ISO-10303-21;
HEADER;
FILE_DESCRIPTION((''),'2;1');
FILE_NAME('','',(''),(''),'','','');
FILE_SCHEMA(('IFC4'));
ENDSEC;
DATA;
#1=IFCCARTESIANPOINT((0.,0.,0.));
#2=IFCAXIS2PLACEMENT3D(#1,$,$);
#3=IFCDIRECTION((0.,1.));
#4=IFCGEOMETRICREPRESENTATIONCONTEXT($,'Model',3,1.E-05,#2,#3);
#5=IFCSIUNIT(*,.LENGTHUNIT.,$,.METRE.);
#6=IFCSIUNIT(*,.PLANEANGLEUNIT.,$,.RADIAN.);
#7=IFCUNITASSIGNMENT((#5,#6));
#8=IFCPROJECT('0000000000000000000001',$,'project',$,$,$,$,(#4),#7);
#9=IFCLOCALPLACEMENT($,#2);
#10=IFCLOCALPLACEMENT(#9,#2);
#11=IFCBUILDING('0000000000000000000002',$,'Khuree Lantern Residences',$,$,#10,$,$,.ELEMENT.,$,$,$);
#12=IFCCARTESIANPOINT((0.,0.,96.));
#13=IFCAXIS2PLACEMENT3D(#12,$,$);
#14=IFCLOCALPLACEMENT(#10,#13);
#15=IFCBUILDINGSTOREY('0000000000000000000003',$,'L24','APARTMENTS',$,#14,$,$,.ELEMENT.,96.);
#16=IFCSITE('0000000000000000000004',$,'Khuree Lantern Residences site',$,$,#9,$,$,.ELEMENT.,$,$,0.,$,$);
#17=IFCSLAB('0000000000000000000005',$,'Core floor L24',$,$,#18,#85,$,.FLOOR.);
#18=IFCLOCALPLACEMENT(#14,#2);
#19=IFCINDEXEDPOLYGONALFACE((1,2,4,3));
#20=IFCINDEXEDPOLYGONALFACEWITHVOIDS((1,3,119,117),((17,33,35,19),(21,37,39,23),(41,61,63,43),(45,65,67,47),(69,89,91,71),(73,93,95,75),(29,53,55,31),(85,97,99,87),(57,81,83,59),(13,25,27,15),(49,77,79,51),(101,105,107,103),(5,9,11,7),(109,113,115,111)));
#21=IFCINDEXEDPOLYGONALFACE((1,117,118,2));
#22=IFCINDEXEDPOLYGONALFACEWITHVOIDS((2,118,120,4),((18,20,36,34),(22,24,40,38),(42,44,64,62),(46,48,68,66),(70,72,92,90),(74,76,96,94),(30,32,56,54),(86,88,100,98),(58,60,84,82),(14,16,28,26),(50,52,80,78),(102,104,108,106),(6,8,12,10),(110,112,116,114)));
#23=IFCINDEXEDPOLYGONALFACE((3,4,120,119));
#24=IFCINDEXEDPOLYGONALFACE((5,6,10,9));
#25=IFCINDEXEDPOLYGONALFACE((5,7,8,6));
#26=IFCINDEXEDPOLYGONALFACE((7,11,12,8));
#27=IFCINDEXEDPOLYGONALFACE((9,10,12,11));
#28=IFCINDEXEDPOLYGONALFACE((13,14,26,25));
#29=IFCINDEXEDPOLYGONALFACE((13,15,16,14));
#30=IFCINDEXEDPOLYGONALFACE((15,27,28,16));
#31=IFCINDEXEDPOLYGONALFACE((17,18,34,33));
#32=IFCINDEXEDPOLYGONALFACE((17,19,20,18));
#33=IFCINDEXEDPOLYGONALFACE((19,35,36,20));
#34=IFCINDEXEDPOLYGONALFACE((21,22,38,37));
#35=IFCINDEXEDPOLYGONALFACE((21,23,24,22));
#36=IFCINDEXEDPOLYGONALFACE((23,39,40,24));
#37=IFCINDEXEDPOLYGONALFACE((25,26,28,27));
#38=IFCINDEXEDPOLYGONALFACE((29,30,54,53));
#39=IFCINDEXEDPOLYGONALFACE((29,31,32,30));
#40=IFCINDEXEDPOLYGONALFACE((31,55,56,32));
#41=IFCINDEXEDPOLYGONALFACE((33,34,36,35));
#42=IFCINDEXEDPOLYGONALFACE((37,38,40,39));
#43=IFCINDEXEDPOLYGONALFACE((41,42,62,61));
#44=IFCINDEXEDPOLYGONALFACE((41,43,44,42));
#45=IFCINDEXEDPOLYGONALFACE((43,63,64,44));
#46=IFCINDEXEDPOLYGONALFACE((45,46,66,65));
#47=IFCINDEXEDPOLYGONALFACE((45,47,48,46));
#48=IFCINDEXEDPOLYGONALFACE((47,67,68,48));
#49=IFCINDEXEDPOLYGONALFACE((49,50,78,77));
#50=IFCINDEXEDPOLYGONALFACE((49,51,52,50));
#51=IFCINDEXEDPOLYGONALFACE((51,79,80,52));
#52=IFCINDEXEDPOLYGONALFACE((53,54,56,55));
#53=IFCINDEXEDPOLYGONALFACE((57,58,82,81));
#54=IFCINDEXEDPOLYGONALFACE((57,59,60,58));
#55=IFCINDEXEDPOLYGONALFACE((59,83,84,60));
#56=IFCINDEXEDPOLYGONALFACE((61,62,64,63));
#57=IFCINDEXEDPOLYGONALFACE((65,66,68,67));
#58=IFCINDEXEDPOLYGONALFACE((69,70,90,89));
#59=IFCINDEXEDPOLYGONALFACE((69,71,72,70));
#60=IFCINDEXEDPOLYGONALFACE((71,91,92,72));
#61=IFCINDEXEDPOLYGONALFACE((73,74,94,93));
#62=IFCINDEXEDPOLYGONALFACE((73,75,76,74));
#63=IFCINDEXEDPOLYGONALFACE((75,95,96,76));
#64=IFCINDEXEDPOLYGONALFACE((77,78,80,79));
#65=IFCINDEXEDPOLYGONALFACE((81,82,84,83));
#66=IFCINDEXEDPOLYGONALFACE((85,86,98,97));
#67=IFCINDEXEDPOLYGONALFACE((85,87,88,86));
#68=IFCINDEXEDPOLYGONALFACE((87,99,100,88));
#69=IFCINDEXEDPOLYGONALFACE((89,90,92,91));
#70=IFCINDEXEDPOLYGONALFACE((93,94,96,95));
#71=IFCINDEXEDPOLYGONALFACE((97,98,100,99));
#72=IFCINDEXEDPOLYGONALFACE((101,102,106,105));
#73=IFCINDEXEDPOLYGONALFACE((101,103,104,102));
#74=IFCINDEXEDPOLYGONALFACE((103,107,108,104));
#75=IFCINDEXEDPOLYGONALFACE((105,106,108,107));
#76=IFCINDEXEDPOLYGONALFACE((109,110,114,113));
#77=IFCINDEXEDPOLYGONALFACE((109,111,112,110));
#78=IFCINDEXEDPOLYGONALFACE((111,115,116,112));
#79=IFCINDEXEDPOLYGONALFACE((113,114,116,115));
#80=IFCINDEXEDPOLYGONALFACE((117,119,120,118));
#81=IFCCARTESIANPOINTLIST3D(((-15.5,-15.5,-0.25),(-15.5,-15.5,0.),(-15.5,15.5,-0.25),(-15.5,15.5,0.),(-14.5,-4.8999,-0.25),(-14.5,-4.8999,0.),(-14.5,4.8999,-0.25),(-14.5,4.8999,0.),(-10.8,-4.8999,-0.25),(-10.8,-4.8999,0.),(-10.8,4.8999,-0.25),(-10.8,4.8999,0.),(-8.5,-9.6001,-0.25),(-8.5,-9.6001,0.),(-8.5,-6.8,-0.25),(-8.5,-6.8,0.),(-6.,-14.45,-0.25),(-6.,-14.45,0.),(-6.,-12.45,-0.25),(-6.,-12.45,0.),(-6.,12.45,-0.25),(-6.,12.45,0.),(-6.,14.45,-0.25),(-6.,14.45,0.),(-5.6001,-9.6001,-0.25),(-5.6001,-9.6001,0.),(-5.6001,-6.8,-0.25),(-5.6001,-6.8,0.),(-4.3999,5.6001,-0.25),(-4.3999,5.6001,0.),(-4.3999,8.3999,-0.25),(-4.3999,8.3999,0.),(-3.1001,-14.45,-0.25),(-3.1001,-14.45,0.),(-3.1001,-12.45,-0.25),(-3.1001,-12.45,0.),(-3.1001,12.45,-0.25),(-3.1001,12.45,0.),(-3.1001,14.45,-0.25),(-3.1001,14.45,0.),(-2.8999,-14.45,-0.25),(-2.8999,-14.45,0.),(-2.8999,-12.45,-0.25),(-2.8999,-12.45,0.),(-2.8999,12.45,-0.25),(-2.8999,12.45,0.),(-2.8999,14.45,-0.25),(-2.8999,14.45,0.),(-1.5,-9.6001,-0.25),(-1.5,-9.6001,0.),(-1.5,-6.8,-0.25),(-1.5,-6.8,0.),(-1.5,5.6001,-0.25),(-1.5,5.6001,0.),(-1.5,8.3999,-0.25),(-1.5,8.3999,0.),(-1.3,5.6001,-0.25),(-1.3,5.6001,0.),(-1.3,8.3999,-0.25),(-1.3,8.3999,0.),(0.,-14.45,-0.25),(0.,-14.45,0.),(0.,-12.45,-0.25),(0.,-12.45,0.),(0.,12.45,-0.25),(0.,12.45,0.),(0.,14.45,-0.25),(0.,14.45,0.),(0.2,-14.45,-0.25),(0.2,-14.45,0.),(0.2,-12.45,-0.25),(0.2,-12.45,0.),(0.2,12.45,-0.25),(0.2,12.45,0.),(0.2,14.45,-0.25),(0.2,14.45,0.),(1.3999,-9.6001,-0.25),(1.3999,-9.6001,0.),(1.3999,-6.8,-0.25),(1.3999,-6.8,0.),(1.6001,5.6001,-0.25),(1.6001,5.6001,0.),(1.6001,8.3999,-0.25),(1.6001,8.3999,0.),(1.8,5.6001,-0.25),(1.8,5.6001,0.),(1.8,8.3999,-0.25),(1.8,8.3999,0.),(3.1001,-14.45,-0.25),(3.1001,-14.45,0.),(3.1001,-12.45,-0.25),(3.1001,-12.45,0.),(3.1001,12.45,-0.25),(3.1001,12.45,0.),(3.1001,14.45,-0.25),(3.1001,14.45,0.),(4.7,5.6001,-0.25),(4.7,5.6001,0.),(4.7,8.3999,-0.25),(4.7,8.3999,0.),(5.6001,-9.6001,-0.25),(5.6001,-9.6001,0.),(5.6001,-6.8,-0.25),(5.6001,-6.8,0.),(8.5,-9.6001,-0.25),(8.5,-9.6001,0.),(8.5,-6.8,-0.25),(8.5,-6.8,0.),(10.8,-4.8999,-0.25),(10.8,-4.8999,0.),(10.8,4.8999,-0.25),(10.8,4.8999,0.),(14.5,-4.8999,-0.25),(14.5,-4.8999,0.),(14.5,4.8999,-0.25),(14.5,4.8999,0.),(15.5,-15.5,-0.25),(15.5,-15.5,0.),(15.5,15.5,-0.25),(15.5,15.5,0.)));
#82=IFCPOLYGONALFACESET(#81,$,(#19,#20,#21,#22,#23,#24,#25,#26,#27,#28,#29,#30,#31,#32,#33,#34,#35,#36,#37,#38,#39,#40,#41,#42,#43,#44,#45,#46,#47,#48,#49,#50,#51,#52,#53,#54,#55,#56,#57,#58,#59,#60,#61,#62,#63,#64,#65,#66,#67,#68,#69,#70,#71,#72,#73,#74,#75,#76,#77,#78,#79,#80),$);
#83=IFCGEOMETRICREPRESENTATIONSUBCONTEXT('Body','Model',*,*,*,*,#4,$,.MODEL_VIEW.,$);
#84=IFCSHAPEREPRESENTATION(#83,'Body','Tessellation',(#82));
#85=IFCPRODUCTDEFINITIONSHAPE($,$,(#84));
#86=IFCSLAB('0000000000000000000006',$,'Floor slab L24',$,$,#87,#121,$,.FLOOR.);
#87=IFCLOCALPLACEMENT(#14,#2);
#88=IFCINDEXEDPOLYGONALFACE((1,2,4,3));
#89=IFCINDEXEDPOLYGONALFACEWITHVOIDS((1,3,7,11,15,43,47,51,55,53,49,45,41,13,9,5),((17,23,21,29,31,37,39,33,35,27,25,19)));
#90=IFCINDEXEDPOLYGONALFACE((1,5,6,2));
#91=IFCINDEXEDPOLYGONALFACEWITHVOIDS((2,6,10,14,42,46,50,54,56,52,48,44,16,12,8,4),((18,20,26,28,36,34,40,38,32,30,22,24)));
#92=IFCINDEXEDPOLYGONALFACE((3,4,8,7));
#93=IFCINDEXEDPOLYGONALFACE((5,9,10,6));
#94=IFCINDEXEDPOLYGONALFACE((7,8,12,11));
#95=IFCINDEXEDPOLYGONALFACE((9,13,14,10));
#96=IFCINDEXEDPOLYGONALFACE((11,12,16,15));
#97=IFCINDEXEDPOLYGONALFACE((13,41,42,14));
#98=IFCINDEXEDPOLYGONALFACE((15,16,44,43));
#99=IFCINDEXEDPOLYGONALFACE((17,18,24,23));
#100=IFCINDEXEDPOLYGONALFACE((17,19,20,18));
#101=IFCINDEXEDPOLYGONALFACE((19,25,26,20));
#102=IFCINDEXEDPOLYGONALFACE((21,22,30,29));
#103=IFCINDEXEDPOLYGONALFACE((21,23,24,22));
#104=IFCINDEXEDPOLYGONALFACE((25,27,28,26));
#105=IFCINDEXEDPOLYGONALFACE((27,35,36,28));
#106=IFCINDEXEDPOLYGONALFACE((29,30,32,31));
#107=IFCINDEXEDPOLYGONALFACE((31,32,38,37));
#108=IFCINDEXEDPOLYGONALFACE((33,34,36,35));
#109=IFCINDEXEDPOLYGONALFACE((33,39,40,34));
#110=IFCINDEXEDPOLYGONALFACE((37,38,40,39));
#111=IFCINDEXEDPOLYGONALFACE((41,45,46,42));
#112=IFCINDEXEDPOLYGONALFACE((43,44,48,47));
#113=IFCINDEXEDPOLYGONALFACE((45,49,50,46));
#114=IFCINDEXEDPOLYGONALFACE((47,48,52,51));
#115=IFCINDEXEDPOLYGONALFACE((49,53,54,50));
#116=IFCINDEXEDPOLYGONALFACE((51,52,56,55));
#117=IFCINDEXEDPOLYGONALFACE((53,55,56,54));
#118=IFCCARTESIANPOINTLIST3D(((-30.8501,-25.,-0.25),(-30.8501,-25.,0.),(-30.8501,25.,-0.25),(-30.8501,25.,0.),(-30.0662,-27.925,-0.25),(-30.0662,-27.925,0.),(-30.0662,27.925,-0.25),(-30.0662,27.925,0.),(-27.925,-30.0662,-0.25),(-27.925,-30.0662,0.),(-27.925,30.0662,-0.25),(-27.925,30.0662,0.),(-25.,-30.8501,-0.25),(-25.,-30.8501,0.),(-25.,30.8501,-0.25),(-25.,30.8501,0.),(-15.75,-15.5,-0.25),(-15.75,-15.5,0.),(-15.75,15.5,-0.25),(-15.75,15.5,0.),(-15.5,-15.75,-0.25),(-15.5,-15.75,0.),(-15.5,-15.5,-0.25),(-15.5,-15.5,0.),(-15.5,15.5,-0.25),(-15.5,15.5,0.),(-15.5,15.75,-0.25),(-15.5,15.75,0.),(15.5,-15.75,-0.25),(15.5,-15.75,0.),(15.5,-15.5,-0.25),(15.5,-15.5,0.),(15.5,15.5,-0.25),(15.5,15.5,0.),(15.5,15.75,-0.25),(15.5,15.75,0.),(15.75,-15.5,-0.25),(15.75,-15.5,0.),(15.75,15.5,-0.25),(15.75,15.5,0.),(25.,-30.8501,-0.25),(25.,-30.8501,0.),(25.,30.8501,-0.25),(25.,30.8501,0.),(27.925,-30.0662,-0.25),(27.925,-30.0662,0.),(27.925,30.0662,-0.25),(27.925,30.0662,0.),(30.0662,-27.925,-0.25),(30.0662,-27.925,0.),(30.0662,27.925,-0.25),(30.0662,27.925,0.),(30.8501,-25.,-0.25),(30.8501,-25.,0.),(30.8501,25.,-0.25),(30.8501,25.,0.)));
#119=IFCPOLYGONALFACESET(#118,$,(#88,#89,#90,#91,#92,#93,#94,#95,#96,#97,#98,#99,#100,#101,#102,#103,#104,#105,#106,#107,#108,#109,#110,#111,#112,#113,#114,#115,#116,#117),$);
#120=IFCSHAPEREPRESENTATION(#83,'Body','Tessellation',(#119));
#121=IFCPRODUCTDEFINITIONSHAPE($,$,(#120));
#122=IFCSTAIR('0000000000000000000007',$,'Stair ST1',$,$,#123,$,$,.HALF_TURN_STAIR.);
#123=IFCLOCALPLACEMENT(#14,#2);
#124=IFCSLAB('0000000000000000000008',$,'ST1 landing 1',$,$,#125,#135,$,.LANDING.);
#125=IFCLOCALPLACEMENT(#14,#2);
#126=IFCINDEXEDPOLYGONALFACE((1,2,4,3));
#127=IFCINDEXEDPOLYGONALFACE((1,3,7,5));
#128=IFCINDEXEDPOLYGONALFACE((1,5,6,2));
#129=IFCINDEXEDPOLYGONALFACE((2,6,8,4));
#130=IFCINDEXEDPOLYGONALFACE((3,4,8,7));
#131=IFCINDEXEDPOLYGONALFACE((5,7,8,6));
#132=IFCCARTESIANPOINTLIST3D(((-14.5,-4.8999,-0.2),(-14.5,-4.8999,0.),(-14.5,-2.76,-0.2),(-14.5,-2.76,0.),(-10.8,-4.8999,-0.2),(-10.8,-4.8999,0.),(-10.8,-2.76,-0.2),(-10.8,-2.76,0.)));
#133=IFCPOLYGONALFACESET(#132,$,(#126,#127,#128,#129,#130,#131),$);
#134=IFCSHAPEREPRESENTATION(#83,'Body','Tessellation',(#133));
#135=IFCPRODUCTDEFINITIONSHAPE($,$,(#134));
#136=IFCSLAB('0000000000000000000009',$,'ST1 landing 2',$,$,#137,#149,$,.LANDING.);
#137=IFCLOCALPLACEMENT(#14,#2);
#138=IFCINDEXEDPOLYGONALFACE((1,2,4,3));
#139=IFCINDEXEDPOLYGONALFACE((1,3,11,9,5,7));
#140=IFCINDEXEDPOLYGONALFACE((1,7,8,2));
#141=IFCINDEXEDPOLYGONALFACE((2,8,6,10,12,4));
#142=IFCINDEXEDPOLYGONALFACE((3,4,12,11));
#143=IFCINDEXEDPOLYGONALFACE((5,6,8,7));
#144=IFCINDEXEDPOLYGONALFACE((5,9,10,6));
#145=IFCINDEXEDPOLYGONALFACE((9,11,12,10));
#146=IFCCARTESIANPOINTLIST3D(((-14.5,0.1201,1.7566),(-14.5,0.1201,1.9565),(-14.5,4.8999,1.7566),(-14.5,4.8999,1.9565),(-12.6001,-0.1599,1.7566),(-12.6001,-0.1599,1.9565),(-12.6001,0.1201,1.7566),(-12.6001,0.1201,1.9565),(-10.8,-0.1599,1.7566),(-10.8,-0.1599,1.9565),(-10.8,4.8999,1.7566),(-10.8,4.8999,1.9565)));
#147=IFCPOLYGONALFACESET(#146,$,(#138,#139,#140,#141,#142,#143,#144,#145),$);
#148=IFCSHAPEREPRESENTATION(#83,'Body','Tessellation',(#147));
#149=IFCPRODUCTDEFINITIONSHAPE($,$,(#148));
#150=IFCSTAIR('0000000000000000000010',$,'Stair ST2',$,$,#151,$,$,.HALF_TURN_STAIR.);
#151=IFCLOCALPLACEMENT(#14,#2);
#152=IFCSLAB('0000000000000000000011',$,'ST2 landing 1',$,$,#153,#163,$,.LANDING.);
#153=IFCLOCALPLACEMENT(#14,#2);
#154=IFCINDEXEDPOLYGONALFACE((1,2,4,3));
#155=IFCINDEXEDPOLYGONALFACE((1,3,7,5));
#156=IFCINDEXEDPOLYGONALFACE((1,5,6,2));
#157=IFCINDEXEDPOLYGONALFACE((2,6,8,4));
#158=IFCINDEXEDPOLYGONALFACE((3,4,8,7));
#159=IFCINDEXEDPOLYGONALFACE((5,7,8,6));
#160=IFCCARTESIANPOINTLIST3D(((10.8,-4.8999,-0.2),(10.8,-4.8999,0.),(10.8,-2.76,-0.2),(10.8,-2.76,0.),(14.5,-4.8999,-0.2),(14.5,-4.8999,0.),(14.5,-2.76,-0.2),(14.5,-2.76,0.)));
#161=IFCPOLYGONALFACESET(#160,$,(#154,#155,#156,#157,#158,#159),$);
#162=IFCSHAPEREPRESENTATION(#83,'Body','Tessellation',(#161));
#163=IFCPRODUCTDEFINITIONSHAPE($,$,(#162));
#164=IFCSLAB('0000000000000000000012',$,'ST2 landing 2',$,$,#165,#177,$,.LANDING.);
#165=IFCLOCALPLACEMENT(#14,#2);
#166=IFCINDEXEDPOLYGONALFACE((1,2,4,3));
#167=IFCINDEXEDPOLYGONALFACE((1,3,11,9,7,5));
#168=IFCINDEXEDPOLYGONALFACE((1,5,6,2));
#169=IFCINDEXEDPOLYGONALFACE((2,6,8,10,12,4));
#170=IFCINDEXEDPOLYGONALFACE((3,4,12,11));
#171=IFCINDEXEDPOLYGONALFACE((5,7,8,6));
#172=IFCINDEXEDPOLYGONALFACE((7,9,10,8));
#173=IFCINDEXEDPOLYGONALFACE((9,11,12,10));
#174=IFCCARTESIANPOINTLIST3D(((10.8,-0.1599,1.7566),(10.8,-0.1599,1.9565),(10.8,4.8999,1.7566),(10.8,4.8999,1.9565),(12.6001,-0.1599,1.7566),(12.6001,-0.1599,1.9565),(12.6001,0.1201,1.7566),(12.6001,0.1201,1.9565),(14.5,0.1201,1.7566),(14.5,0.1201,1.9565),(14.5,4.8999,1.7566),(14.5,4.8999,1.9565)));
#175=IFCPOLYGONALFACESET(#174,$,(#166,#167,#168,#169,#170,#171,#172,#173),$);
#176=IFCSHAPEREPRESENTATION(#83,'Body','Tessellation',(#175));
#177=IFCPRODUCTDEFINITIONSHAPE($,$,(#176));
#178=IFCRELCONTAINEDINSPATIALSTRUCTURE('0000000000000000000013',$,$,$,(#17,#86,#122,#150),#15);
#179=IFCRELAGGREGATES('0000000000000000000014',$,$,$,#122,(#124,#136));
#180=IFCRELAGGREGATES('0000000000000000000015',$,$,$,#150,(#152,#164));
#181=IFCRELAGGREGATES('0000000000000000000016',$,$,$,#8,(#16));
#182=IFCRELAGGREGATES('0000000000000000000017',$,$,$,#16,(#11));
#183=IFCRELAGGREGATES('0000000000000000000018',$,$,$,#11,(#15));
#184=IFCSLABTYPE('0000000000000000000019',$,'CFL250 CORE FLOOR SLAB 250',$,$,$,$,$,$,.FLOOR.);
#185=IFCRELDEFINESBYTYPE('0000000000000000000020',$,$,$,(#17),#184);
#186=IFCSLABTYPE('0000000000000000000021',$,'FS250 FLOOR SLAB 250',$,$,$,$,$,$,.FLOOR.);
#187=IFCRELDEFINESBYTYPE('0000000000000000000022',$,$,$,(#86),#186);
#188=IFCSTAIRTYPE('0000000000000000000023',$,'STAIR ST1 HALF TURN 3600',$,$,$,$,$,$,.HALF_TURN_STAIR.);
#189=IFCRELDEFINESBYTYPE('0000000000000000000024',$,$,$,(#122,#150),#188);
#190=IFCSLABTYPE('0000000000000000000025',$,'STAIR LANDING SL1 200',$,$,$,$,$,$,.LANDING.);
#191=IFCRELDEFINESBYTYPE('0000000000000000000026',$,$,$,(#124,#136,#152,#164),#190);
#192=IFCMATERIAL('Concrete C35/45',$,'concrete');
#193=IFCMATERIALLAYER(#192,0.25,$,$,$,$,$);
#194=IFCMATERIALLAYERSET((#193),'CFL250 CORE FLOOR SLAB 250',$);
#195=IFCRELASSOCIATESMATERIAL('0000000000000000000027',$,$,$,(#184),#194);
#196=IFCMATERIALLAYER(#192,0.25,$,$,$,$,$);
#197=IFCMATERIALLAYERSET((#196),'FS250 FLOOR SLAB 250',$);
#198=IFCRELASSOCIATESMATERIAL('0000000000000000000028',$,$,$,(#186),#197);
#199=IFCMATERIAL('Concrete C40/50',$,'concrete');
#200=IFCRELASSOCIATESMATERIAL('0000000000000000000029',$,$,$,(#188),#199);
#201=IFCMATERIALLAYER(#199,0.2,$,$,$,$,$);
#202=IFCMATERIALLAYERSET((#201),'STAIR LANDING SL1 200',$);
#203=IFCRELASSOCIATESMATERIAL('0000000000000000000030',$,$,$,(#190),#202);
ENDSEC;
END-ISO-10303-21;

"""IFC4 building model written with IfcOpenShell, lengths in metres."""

from ifc_helpers import new_model, si_unit, direction, frame, origin, place, context, subcontext, project, spatial, polyline, outline, extrude, material, layer, layer_set, type_object, element, aggregate, save


model = new_model("IFC4")

# Units and contexts
model_context = context("Model", 3, precision=1e-05, world=origin(), true_north=direction((0.0, 1.0)))
body_context = subcontext(model_context, "Body", "Model", "MODEL_VIEW")
ifc_project = project(units=[si_unit("LENGTHUNIT", "METRE"), si_unit("PLANEANGLEUNIT", "RADIAN")], contexts=[model_context])

# Site, building, storey
site_placement = place(None, origin())
site = spatial("IfcSite", under=ifc_project, at=site_placement, Name="Khuree Lantern Residences site", CompositionType="ELEMENT", RefElevation=0.0)
building_placement = place(site_placement, origin())
building = spatial("IfcBuilding", under=site, at=building_placement, Name="Khuree Lantern Residences", CompositionType="ELEMENT")
storey_placement = place(building_placement, frame((0.0, 0.0, 96.0)))
storey = spatial("IfcBuildingStorey", under=building, at=storey_placement, Name="L24", Description="APARTMENTS", CompositionType="ELEMENT", Elevation=96.0)

# Slabs
ifc_material_1 = material(Name="Concrete C35/45", Category="concrete")
ifc_layer_1 = layer(ifc_material_1, 0.25)
ifc_layer_set_1 = layer_set([ifc_layer_1], Name="CFL250 CORE FLOOR SLAB 250")
slab_type_1 = type_object("IfcSlabType", Name="CFL250 CORE FLOOR SLAB 250", PredefinedType="FLOOR", material=ifc_layer_set_1)
slab_1_placement = place(storey_placement, frame((0.0, 0.0, -0.25)))
element("IfcSlab", 1, at=slab_1_placement, inside=storey, type_object=slab_type_1, Name="Core floor L24", PredefinedType="FLOOR", context=body_context, shape_type="SweptSolid", body=[
    extrude(outline(polyline([(-15.5, -15.5), (-15.5, 15.5), (15.5, 15.5), (15.5, -15.5), (-15.5, -15.5)]), holes=[polyline([(14.5, 4.8999), (10.8, 4.8999), (10.8, -4.8999), (14.5, -4.8999), (14.5, 4.8999)]), polyline([(8.5, -6.8), (5.6001, -6.8), (5.6001, -9.6001), (8.5, -9.6001), (8.5, -6.8)]), polyline([(4.7, 8.3999), (1.8, 8.3999), (1.8, 5.6001), (4.7, 5.6001), (4.7, 8.3999)]), polyline([(0.2, -12.45), (0.2, -14.45), (3.1001, -14.45), (3.1001, -12.45), (0.2, -12.45)]), polyline([(3.1001, 14.45), (0.2, 14.45), (0.2, 12.45), (3.1001, 12.45), (3.1001, 14.45)]), polyline([(1.6001, 8.3999), (-1.3, 8.3999), (-1.3, 5.6001), (1.6001, 5.6001), (1.6001, 8.3999)]), polyline([(1.3999, -6.8), (-1.5, -6.8), (-1.5, -9.6001), (1.3999, -9.6001), (1.3999, -6.8)]), polyline([(0.0, -12.45), (-2.8999, -12.45), (-2.8999, -14.45), (0.0, -14.45), (0.0, -12.45)]), polyline([(0.0, 14.45), (-2.8999, 14.45), (-2.8999, 12.45), (0.0, 12.45), (0.0, 14.45)]), polyline([(-1.5, 8.3999), (-4.3999, 8.3999), (-4.3999, 5.6001), (-1.5, 5.6001), (-1.5, 8.3999)]), polyline([(-6.0, -12.45), (-6.0, -14.45), (-3.1001, -14.45), (-3.1001, -12.45), (-6.0, -12.45)]), polyline([(-3.1001, 14.45), (-6.0, 14.45), (-6.0, 12.45), (-3.1001, 12.45), (-3.1001, 14.45)]), polyline([(-5.6001, -6.8), (-8.5, -6.8), (-8.5, -9.6001), (-5.6001, -9.6001), (-5.6001, -6.8)]), polyline([(-10.8, 4.8999), (-14.5, 4.8999), (-14.5, -4.8999), (-10.8, -4.8999), (-10.8, 4.8999)])]), origin(), (0.0, 0.0, 1.0), 0.25),
])
ifc_layer_2 = layer(ifc_material_1, 0.25)
ifc_layer_set_2 = layer_set([ifc_layer_2], Name="FS250 FLOOR SLAB 250")
slab_type_2 = type_object("IfcSlabType", Name="FS250 FLOOR SLAB 250", PredefinedType="FLOOR", material=ifc_layer_set_2)
slab_2_placement = place(storey_placement, frame((0.0, 0.0, -0.25)))
element("IfcSlab", 2, at=slab_2_placement, inside=storey, type_object=slab_type_2, Name="Floor slab L24", PredefinedType="FLOOR", context=body_context, shape_type="SweptSolid", body=[
    extrude(outline(polyline([(-27.925, -30.0662), (-30.0662, -27.925), (-30.8501, -25.0), (-30.8501, 25.0), (-30.0662, 27.925), (-27.925, 30.0662), (-25.0, 30.8501), (25.0, 30.8501), (27.925, 30.0662), (30.0662, 27.925), (30.8501, 25.0), (30.8501, -25.0), (30.0662, -27.925), (27.925, -30.0662), (25.0, -30.8501), (-25.0, -30.8501), (-27.925, -30.0662)]), holes=[polyline([(15.75, 15.5), (15.5, 15.5), (15.5, 15.75), (-15.5, 15.75), (-15.5, 15.5), (-15.75, 15.5), (-15.75, -15.5), (-15.5, -15.5), (-15.5, -15.75), (15.5, -15.75), (15.5, -15.5), (15.75, -15.5), (15.75, 15.5)])]), origin(), (0.0, 0.0, 1.0), 0.25),
])

# Stairs, slabs
ifc_material_2 = material(Name="Concrete C40/50", Category="concrete")
stair_type = type_object("IfcStairType", Name="STAIR ST1 HALF TURN 3600", PredefinedType="HALF_TURN_STAIR", material=ifc_material_2)
stair_1_placement = place(storey_placement, origin())
stair_1 = element("IfcStair", 3, at=stair_1_placement, inside=storey, type_object=stair_type, Name="Stair ST1", PredefinedType="HALF_TURN_STAIR")
ifc_layer_3 = layer(ifc_material_2, 0.2)
ifc_layer_set_3 = layer_set([ifc_layer_3], Name="STAIR LANDING SL1 200")
slab_type_3 = type_object("IfcSlabType", Name="STAIR LANDING SL1 200", PredefinedType="LANDING", material=ifc_layer_set_3)
slab_3_placement = place(storey_placement, frame((0.0, 0.0, -0.2)))
slab_3 = element("IfcSlab", 4, at=slab_3_placement, type_object=slab_type_3, Name="ST1 landing 1", PredefinedType="LANDING", context=body_context, shape_type="SweptSolid", body=[
    extrude(outline(polyline([(-14.5, -4.8999), (-10.8, -4.8999), (-10.8, -2.76), (-14.5, -2.76), (-14.5, -4.8999)])), origin(), (0.0, 0.0, 1.0), 0.2),
])
slab_4_placement = place(storey_placement, frame((0.0, 0.0, 1.7566)))
slab_4 = element("IfcSlab", 5, at=slab_4_placement, type_object=slab_type_3, Name="ST1 landing 2", PredefinedType="LANDING", context=body_context, shape_type="SweptSolid", body=[
    extrude(outline(polyline([(-14.5, 0.1201), (-14.5, 4.8999), (-10.8, 4.8999), (-10.8, -0.1599), (-12.6001, -0.1599), (-12.6001, 0.1201), (-14.5, 0.1201)])), origin(), (0.0, 0.0, 1.0), 0.2),
])
aggregate(stair_1, [slab_3, slab_4])
stair_2_placement = place(storey_placement, origin())
stair_2 = element("IfcStair", 6, at=stair_2_placement, inside=storey, type_object=stair_type, Name="Stair ST2", PredefinedType="HALF_TURN_STAIR")
slab_5_placement = place(storey_placement, frame((0.0, 0.0, -0.2)))
slab_5 = element("IfcSlab", 7, at=slab_5_placement, type_object=slab_type_3, Name="ST2 landing 1", PredefinedType="LANDING", context=body_context, shape_type="SweptSolid", body=[
    extrude(outline(polyline([(10.8, -4.8999), (14.5, -4.8999), (14.5, -2.76), (10.8, -2.76), (10.8, -4.8999)])), origin(), (0.0, 0.0, 1.0), 0.2),
])
slab_6_placement = place(storey_placement, frame((0.0, 0.0, 1.7566)))
slab_6 = element("IfcSlab", 8, at=slab_6_placement, type_object=slab_type_3, Name="ST2 landing 2", PredefinedType="LANDING", context=body_context, shape_type="SweptSolid", body=[
    extrude(outline(polyline([(14.5, 4.8999), (14.5, 0.1201), (12.6001, 0.1201), (12.6001, -0.1599), (10.8, -0.1599), (10.8, 4.8999), (14.5, 4.8999)])), origin(), (0.0, 0.0, 1.0), 0.2),
])
aggregate(stair_2, [slab_5, slab_6])

save(model, "model.ifc")
